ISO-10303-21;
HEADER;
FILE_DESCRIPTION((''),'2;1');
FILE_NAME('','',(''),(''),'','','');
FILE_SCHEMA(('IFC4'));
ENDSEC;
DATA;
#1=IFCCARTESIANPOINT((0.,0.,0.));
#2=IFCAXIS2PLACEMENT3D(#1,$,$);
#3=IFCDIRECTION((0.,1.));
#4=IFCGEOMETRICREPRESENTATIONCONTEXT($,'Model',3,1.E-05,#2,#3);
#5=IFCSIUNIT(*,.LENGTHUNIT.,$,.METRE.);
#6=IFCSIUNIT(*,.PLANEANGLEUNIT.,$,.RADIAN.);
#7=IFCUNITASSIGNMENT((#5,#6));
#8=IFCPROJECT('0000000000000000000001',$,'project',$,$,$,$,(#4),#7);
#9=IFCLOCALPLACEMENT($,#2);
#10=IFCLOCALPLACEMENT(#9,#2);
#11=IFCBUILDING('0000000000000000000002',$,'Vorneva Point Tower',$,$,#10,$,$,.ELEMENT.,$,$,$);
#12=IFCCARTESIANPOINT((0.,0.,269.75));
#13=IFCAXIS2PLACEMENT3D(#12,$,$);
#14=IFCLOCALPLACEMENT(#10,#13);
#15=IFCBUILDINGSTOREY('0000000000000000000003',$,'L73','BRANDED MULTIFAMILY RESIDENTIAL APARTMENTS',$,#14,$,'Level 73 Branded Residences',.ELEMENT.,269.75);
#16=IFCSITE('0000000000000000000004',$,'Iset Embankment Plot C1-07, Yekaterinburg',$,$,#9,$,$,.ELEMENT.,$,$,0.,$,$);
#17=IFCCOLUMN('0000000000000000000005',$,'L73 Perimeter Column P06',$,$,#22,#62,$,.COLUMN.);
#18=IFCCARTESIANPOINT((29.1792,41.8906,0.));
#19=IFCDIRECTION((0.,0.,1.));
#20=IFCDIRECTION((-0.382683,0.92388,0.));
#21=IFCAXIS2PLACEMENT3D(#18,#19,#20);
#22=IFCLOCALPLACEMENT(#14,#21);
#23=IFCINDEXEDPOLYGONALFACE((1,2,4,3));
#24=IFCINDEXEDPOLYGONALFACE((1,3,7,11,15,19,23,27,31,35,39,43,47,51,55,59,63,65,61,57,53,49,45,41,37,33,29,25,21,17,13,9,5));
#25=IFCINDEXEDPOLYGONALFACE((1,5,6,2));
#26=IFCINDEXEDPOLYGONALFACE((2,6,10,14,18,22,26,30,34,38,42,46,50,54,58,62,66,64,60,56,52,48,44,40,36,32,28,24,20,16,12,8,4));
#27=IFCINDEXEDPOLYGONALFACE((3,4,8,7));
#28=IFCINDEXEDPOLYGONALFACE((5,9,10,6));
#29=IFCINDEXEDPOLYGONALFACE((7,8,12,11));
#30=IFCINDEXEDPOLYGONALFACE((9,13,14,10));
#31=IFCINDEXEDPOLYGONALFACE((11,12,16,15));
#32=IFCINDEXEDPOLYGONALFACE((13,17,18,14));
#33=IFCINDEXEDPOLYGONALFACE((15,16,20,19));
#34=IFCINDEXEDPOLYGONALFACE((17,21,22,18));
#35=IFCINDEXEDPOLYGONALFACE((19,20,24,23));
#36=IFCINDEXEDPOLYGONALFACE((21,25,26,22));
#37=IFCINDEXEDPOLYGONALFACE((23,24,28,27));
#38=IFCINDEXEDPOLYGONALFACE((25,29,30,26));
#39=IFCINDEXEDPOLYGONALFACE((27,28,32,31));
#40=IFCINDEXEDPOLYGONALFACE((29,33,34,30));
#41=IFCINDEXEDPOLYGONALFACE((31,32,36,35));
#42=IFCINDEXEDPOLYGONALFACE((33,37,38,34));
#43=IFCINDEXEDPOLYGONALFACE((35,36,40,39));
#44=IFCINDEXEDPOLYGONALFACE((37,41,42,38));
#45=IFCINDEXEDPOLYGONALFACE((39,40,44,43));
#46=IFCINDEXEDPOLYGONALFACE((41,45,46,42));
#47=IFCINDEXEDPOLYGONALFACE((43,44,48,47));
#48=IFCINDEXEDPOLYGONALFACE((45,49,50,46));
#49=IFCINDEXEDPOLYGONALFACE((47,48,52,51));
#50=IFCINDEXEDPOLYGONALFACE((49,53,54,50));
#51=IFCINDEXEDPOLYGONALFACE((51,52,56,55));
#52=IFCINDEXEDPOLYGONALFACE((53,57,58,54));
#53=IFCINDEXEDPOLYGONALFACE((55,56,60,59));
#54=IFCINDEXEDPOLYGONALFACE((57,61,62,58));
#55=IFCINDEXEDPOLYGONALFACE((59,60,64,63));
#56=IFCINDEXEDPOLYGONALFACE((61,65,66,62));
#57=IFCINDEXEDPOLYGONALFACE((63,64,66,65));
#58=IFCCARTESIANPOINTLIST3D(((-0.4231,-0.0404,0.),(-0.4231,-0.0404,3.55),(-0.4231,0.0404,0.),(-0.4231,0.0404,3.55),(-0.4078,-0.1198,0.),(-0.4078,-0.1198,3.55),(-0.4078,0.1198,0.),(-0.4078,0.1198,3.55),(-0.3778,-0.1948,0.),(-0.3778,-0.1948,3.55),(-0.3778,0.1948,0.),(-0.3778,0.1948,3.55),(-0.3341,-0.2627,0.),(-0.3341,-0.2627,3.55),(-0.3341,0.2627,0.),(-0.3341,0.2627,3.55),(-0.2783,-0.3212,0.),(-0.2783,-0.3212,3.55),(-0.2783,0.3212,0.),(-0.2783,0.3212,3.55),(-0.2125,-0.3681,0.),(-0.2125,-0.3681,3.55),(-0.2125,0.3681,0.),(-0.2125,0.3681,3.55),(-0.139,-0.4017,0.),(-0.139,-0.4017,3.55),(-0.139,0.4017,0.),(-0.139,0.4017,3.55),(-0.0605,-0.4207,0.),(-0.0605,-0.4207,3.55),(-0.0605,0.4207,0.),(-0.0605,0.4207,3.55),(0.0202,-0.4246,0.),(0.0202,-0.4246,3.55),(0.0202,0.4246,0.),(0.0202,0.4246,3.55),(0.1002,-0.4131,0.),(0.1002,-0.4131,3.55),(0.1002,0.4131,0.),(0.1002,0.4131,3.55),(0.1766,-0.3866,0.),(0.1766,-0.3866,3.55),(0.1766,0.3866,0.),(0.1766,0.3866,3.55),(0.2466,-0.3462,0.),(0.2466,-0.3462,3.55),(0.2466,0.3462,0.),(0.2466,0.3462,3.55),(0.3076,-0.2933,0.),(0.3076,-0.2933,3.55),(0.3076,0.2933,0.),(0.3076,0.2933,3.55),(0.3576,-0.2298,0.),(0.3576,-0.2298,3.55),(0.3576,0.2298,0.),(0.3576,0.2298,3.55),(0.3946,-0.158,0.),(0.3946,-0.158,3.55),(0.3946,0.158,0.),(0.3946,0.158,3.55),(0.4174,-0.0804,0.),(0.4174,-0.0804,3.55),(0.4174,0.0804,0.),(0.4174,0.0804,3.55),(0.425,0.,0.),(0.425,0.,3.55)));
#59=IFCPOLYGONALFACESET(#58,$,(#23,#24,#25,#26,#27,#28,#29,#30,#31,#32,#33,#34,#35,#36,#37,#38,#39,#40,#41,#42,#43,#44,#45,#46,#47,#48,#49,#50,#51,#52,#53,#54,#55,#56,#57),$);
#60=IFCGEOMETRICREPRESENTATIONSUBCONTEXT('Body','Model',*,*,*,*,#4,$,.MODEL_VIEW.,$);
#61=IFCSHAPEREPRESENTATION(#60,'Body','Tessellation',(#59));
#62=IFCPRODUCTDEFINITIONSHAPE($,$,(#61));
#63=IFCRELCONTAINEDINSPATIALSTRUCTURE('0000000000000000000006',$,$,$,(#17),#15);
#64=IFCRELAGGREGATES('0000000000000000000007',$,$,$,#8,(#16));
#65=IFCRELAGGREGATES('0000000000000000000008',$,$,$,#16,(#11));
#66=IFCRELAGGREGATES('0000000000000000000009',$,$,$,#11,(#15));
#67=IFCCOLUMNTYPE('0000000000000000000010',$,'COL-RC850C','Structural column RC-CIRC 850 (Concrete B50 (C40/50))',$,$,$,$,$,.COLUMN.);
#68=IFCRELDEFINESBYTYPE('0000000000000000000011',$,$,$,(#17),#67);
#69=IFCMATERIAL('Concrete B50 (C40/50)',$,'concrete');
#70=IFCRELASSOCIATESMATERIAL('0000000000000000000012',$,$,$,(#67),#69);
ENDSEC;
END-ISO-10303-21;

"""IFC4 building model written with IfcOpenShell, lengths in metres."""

from ifc_helpers import new_model, si_unit, direction, frame, origin, origin_2d, place, context, subcontext, project, spatial, circle, extrude, material, material_profile, profile_set, type_object, element, save


model = new_model("IFC4")

# Units and contexts
model_context = context("Model", 3, precision=1e-05, world=origin(), true_north=direction((0.0, 1.0)))
body_context = subcontext(model_context, "Body", "Model", "MODEL_VIEW")
ifc_project = project(units=[si_unit("LENGTHUNIT", "METRE"), si_unit("PLANEANGLEUNIT", "RADIAN")], contexts=[model_context])

# Site, building, storey
site_placement = place(None, origin())
site = spatial("IfcSite", under=ifc_project, at=site_placement, Name="Iset Embankment Plot C1-07, Yekaterinburg", CompositionType="ELEMENT", RefElevation=0.0)
building_placement = place(site_placement, origin())
building = spatial("IfcBuilding", under=site, at=building_placement, Name="Vorneva Point Tower", CompositionType="ELEMENT")
storey_placement = place(building_placement, frame((0.0, 0.0, 269.75)))
storey = spatial("IfcBuildingStorey", under=building, at=storey_placement, Name="L73", Description="BRANDED MULTIFAMILY RESIDENTIAL APARTMENTS", LongName="Level 73 Branded Residences", CompositionType="ELEMENT", Elevation=269.75)

# Column
ifc_material_1 = material(Name="Concrete B50 (C40/50)", Category="concrete")
ifc_material_profile_1 = material_profile(ifc_material_1, circle(Radius=0.425, at=origin_2d()), Name="RC-CIRC 850")
ifc_profile_set_1 = profile_set([ifc_material_profile_1], Name="Concrete B50 (C40/50)")
column_type = type_object("IfcColumnType", Name="COL-RC850C", Description="Structural column RC-CIRC 850 (Concrete B50 (C40/50))", PredefinedType="COLUMN", material=ifc_profile_set_1)
column_placement = place(storey_placement, frame((29.1792, 41.8906, 0.0), z_axis=(0.0, 0.0, 1.0), x_axis=(-0.382683, 0.92388, 0.0)))
element("IfcColumn", 1, at=column_placement, inside=storey, type_object=column_type, Name="L73 Perimeter Column P06", PredefinedType="COLUMN", context=body_context, shape_type="SweptSolid", body=[
    extrude(circle(Radius=0.425, at=origin_2d()), origin(), (0.0, 0.0, 1.0), 3.55),
])

save(model, "model.ifc")
